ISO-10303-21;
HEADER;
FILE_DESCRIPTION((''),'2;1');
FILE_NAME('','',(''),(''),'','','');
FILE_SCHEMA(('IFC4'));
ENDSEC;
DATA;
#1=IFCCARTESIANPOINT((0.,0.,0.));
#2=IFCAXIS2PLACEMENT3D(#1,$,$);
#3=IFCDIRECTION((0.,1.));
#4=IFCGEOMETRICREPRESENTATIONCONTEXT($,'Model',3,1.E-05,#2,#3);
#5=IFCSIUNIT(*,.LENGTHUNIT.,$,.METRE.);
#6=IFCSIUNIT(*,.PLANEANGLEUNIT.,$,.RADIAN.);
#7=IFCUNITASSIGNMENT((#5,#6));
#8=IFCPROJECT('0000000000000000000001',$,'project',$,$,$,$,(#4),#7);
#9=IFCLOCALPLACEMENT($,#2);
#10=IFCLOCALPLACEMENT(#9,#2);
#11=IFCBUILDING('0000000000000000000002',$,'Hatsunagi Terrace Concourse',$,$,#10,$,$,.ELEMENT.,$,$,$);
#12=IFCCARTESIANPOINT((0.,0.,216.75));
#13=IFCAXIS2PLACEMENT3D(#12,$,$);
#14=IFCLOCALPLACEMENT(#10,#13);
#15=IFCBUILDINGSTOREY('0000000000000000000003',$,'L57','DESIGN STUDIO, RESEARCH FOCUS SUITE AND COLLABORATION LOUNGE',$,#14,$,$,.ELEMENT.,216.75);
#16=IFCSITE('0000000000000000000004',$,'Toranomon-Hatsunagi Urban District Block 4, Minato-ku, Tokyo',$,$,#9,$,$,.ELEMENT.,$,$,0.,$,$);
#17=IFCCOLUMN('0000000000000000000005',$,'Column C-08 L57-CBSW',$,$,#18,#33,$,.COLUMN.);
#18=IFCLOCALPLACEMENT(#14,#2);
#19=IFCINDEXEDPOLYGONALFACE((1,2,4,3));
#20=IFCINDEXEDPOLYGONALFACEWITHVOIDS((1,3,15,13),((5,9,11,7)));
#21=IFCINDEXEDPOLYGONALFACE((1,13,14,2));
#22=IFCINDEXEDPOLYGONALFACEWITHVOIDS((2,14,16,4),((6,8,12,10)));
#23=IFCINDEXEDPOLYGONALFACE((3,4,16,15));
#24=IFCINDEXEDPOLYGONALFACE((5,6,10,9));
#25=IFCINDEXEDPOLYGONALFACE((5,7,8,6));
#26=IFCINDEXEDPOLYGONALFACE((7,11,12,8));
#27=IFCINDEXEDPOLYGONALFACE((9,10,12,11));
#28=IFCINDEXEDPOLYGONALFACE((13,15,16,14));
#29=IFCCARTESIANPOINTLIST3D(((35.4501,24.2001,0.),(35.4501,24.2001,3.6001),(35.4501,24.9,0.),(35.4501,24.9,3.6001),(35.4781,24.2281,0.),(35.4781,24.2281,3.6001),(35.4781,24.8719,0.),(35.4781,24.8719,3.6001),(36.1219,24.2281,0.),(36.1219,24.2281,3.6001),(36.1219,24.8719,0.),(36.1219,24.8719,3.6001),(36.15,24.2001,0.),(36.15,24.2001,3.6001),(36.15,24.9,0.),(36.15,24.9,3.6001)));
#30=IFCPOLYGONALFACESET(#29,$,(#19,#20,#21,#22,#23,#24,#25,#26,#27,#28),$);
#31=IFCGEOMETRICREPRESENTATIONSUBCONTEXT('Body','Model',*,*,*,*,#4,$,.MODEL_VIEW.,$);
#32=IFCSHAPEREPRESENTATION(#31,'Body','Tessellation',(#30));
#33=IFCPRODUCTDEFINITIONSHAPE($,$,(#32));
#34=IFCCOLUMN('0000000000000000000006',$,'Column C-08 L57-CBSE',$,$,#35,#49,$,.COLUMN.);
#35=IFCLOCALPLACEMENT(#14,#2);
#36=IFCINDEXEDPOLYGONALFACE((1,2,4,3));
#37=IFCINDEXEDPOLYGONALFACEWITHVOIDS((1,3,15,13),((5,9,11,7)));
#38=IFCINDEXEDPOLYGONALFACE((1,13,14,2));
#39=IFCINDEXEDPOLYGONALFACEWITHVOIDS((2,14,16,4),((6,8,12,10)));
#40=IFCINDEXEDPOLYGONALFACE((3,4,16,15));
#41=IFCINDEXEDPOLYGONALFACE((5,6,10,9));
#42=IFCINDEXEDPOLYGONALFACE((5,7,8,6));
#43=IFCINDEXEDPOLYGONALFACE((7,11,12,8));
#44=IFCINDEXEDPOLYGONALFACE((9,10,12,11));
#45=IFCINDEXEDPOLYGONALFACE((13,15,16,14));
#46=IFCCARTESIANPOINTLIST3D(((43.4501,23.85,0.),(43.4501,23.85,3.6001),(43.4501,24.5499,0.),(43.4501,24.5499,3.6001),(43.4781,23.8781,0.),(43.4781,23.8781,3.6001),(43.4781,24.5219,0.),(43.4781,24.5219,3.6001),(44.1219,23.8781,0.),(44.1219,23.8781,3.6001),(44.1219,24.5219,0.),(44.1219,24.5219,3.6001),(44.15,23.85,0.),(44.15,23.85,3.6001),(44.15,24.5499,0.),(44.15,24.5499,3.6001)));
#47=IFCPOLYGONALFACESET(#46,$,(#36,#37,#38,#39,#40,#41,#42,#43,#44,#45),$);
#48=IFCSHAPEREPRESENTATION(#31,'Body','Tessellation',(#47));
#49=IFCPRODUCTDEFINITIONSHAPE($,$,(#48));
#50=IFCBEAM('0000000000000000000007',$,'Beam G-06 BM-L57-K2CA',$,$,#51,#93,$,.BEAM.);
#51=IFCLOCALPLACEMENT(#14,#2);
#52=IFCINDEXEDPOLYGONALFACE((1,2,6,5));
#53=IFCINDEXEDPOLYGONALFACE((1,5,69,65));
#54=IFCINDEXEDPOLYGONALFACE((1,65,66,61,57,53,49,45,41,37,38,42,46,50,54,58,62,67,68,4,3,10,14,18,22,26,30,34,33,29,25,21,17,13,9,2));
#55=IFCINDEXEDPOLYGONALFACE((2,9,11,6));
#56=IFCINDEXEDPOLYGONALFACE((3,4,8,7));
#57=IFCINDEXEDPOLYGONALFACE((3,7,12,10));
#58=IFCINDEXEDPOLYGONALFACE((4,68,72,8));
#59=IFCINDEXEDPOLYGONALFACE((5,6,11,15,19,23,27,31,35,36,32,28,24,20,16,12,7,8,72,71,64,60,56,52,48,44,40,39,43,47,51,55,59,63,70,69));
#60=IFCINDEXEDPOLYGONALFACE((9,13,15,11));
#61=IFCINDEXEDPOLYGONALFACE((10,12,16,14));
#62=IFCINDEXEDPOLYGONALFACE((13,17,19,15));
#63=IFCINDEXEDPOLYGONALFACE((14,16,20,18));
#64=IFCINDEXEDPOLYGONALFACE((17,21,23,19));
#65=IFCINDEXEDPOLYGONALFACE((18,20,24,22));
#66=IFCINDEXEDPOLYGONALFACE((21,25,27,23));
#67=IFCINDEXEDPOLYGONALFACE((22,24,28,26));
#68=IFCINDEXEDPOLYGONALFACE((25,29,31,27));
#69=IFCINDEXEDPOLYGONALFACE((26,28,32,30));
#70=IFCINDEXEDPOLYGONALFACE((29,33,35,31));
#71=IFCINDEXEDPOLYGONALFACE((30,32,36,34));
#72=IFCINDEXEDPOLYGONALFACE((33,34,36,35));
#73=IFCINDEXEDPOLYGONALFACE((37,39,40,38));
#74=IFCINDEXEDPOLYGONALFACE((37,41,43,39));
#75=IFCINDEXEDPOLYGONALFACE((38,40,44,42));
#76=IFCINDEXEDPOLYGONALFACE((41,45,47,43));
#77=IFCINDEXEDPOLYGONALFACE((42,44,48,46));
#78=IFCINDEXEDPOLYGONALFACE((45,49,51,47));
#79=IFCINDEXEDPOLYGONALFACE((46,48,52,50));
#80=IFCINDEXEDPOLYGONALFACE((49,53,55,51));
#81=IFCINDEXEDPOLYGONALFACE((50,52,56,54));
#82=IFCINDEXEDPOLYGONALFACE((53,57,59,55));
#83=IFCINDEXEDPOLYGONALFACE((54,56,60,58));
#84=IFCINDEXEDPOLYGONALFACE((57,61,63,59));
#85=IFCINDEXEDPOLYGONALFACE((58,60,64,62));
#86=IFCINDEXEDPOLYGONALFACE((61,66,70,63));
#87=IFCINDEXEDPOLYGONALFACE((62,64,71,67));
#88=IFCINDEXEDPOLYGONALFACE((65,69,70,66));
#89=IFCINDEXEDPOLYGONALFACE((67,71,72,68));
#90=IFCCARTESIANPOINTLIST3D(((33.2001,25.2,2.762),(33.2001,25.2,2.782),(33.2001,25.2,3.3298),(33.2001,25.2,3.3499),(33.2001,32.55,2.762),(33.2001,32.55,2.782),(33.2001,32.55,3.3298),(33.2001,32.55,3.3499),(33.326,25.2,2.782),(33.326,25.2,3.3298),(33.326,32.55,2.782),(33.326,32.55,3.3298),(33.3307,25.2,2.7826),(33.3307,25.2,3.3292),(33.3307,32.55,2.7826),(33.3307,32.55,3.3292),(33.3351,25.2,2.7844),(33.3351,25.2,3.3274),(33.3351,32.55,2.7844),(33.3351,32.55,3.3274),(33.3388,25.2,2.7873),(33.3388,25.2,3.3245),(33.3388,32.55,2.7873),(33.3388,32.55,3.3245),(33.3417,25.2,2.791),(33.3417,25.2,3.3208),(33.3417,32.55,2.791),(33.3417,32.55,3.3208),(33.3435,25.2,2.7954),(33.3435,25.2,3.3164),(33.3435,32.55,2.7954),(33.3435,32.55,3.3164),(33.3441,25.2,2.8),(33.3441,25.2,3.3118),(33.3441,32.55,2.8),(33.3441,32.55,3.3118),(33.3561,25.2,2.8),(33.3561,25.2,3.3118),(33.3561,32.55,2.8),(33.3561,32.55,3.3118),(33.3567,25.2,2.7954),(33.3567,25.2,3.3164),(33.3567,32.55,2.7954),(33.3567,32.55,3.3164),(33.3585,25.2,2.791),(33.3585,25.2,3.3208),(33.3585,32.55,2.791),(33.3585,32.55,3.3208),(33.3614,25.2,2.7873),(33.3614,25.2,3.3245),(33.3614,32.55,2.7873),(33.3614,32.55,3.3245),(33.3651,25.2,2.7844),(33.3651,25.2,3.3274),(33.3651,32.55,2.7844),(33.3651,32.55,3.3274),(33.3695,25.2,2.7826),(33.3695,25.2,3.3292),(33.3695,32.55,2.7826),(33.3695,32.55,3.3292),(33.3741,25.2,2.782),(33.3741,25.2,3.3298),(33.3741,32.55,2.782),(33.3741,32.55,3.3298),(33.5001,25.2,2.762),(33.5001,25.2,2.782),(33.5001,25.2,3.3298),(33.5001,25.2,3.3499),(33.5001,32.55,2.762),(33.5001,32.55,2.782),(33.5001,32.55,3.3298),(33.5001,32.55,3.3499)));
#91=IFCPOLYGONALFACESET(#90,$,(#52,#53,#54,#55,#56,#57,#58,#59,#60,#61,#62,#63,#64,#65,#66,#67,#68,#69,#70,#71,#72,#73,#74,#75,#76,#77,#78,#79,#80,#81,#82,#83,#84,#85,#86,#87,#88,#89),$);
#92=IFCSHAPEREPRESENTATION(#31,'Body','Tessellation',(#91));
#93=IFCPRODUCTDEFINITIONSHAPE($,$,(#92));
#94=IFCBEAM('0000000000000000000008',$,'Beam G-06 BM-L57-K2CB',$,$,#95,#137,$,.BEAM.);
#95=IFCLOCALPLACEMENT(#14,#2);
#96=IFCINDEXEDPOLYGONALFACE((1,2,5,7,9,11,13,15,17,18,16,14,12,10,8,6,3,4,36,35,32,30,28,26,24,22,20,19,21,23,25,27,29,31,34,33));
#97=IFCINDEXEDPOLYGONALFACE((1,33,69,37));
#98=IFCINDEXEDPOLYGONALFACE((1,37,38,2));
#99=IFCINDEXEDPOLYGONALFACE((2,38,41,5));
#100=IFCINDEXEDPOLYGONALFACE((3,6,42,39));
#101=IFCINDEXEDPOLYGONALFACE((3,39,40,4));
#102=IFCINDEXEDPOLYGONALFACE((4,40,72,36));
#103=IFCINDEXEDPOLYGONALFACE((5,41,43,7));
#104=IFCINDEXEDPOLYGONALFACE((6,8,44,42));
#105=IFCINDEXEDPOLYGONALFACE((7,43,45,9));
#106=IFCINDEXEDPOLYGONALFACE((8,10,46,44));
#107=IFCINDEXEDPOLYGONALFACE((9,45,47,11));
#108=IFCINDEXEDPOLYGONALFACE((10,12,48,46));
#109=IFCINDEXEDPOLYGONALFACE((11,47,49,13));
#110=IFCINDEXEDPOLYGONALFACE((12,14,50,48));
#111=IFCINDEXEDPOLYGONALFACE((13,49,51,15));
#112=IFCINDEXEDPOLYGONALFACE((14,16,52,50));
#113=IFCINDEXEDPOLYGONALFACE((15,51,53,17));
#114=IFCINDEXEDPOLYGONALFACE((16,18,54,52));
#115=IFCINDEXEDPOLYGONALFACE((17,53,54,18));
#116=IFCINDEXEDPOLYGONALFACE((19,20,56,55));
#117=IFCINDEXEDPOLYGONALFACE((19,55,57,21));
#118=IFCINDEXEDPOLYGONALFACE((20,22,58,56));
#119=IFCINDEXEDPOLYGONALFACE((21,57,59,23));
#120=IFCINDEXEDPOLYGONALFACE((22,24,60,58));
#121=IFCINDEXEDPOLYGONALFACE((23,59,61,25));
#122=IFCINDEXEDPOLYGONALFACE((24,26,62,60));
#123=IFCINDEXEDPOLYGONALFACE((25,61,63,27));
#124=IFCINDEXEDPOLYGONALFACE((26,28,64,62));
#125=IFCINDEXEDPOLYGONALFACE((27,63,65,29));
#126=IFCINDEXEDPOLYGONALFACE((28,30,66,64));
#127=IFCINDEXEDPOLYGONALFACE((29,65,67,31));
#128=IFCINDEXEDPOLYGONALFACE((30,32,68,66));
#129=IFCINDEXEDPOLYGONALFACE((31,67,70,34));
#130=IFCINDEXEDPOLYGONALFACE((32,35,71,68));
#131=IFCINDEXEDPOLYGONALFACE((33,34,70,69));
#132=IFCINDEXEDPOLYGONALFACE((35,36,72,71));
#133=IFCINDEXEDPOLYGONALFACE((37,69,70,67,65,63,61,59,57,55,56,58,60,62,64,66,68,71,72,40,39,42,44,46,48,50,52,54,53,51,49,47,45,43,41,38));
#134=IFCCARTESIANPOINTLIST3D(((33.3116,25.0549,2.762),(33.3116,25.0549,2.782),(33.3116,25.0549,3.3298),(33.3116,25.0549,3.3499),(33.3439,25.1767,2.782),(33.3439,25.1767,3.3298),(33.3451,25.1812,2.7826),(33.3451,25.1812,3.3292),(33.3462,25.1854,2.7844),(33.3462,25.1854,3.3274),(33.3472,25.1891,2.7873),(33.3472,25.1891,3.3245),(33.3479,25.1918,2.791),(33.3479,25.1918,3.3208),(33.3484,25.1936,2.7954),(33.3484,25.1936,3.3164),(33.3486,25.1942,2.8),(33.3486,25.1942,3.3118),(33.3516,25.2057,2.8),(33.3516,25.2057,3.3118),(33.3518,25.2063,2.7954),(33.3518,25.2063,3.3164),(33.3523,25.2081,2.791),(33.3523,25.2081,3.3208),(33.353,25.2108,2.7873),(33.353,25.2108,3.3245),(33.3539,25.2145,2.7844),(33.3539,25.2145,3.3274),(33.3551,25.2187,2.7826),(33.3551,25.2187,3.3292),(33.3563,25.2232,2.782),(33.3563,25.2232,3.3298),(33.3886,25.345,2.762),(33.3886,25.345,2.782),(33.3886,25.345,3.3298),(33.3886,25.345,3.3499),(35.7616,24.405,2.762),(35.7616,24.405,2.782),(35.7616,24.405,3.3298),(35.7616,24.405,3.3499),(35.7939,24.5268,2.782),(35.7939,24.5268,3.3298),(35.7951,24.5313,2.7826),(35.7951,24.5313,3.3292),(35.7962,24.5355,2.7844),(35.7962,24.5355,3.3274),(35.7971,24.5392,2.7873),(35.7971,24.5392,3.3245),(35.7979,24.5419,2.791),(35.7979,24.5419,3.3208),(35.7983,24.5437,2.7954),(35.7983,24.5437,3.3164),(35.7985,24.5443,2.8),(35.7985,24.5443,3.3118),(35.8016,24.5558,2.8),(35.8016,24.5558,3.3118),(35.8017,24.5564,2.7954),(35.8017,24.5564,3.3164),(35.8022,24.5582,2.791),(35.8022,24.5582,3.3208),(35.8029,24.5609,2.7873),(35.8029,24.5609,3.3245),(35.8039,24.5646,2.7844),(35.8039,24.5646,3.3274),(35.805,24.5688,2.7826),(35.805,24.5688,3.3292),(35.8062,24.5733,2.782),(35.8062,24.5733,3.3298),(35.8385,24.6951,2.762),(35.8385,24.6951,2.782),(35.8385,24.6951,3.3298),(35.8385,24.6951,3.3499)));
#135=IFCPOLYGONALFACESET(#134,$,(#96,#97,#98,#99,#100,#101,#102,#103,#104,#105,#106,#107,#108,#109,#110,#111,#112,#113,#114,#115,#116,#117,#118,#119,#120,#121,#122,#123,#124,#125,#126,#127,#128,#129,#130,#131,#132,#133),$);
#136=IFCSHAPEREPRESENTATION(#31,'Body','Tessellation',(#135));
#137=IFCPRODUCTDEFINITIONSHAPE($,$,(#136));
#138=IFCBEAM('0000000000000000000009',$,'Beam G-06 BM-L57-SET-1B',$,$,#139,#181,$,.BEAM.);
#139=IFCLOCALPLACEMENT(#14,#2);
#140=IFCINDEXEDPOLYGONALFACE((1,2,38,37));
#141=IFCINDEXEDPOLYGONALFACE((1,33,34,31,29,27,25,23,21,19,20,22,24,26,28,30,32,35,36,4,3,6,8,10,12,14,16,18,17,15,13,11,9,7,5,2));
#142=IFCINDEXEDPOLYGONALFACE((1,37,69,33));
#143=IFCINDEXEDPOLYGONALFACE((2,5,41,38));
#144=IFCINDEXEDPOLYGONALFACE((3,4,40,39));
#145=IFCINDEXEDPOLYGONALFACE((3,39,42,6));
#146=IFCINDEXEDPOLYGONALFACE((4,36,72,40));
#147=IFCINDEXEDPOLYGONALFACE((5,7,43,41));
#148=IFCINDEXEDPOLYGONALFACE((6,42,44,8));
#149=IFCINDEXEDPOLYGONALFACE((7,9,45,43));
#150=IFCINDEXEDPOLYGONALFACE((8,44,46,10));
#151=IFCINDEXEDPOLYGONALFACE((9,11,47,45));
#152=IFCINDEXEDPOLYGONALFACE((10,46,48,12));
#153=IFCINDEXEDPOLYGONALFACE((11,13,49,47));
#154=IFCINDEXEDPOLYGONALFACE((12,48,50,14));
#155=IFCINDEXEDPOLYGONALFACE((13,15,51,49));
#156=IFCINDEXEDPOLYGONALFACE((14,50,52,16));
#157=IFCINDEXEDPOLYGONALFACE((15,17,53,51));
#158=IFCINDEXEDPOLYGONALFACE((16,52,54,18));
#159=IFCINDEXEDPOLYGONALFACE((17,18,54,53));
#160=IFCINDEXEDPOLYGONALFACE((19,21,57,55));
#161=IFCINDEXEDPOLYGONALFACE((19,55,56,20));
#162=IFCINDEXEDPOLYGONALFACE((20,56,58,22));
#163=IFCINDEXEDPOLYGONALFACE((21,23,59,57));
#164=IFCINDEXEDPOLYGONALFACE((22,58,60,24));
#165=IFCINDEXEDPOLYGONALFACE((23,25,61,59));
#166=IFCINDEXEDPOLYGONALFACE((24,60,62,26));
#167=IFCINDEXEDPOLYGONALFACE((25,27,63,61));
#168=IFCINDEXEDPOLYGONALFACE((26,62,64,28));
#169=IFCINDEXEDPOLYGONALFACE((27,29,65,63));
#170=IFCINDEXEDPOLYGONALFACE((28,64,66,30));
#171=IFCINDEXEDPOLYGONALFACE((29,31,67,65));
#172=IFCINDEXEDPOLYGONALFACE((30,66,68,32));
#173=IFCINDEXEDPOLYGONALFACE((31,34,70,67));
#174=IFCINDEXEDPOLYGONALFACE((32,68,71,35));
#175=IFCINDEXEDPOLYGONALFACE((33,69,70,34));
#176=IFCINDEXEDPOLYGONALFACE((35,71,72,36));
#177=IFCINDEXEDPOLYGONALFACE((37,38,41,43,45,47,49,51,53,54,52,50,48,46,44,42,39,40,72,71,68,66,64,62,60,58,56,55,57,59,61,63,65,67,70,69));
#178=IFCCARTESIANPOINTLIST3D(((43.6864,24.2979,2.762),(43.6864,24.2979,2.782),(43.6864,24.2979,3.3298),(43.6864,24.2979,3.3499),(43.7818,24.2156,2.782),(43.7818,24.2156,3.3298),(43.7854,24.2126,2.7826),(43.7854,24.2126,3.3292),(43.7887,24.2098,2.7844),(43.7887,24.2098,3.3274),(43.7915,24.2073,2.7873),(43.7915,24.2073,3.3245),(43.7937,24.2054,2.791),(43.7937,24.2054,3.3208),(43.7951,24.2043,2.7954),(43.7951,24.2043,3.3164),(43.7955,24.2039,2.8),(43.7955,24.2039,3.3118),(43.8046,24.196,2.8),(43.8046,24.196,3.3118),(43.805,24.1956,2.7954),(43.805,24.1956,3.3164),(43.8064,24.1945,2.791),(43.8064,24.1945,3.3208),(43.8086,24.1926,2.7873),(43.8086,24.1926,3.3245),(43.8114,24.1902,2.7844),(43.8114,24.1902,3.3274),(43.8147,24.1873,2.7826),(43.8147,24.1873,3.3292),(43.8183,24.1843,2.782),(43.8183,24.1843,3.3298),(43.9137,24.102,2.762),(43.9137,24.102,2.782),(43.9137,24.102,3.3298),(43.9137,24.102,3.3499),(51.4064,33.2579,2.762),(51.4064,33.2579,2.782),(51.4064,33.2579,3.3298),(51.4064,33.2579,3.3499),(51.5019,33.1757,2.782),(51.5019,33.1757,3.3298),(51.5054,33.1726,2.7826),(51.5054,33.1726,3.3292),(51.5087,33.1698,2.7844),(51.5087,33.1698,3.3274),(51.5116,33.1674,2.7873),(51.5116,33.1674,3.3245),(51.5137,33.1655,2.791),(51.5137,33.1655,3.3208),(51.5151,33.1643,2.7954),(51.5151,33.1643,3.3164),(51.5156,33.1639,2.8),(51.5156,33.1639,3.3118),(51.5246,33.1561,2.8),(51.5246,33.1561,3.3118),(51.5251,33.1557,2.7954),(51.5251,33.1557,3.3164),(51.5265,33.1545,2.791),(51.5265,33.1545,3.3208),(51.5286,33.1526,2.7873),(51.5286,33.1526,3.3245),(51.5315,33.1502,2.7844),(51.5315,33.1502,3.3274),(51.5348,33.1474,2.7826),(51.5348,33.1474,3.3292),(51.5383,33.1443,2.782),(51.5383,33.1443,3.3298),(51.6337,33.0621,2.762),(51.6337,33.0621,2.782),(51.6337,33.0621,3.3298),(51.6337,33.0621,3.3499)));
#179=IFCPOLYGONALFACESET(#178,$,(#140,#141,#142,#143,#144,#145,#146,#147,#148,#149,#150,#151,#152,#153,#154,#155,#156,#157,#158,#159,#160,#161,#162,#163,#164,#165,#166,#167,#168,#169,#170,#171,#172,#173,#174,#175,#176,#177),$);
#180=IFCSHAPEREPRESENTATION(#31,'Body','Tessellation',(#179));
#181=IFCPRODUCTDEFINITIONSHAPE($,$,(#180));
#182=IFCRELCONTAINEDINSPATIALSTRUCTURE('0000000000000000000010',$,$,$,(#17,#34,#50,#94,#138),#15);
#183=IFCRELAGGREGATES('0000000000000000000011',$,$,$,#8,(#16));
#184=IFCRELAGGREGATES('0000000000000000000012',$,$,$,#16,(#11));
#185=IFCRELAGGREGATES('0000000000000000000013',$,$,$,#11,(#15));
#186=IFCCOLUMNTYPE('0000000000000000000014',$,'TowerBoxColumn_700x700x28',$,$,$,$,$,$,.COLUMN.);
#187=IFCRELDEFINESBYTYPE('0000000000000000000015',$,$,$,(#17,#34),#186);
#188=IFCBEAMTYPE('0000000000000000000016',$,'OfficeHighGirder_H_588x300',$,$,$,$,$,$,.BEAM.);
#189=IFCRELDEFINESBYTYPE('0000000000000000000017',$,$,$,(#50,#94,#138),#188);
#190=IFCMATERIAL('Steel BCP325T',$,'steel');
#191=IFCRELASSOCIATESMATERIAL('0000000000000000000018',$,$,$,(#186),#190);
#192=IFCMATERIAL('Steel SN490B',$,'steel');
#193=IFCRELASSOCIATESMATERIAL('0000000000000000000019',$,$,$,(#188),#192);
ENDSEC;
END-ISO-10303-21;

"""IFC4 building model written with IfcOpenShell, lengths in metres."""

from ifc_helpers import new_model, si_unit, direction, frame, origin, origin_2d, place, context, subcontext, project, spatial, hollow_rectangle, i_section, extrude, material, material_profile, profile_set, type_object, element, save


model = new_model("IFC4")

# Units and contexts
model_context = context("Model", 3, precision=1e-05, world=origin(), true_north=direction((0.0, 1.0)))
body_context = subcontext(model_context, "Body", "Model", "MODEL_VIEW")
ifc_project = project(units=[si_unit("LENGTHUNIT", "METRE"), si_unit("PLANEANGLEUNIT", "RADIAN")], contexts=[model_context])

# Site, building, storey
site_placement = place(None, origin())
site = spatial("IfcSite", under=ifc_project, at=site_placement, Name="Toranomon-Hatsunagi Urban District Block 4, Minato-ku, Tokyo", CompositionType="ELEMENT", RefElevation=0.0)
building_placement = place(site_placement, origin())
building = spatial("IfcBuilding", under=site, at=building_placement, Name="Hatsunagi Terrace Concourse", CompositionType="ELEMENT")
storey_placement = place(building_placement, frame((0.0, 0.0, 216.75)))
storey = spatial("IfcBuildingStorey", under=building, at=storey_placement, Name="L57", Description="DESIGN STUDIO, RESEARCH FOCUS SUITE AND COLLABORATION LOUNGE", CompositionType="ELEMENT", Elevation=216.75)

# Columns
ifc_material_1 = material(Name="Steel BCP325T", Category="steel")
ifc_material_profile_1 = material_profile(ifc_material_1, hollow_rectangle(XDim=0.7, YDim=0.7, WallThickness=0.0281, at=origin_2d()), Name="BCP-700x700x28")
ifc_profile_set_1 = profile_set([ifc_material_profile_1], Name="Steel BCP325T")
column_type = type_object("IfcColumnType", Name="TowerBoxColumn_700x700x28", PredefinedType="COLUMN", material=ifc_profile_set_1)
for number, where, z_axis, x_axis, name in (
    (1, (35.8, 24.55, 0.0), (0.0, 0.0, 1.0), (1.0, 0.0, 0.0), "Column C-08 L57-CBSW"),
    (2, (43.8, 24.2, 0.0), (0.0, 0.0, 1.0), (1.0, 0.0, 0.0), "Column C-08 L57-CBSE"),
):
    element("IfcColumn", number, at=place(storey_placement, frame(where, z_axis=z_axis, x_axis=x_axis)), inside=storey, type_object=column_type, Name=name, PredefinedType="COLUMN", context=body_context, shape_type="SweptSolid", body=[
        extrude(hollow_rectangle(XDim=0.7, YDim=0.7, WallThickness=0.0281, at=origin_2d()), origin(), (0.0, 0.0, 1.0), 3.6001),
    ])

# Beams
ifc_material_2 = material(Name="Steel SN490B", Category="steel")
ifc_material_profile_2 = material_profile(ifc_material_2, i_section(OverallWidth=0.3, OverallDepth=0.5879, WebThickness=0.012, FlangeThickness=0.02, FilletRadius=0.0181, at=origin_2d()), Name="H-588x300x12x20")
ifc_profile_set_2 = profile_set([ifc_material_profile_2], Name="Steel SN490B")
beam_type_1 = type_object("IfcBeamType", Name="OfficeHighGirder_H_588x300", PredefinedType="BEAM", material=ifc_profile_set_2)
beam_1_placement = place(storey_placement, frame((33.3501, 25.2, 3.0559), z_axis=(0.0, 1.0, 0.0), x_axis=(-1.0, 0.0, 0.0)))
element("IfcBeam", 3, at=beam_1_placement, inside=storey, type_object=beam_type_1, Name="Beam G-06 BM-L57-K2CA", PredefinedType="BEAM", context=body_context, shape_type="SweptSolid", body=[
    extrude(i_section(OverallWidth=0.3, OverallDepth=0.5879, WebThickness=0.012, FlangeThickness=0.02, FilletRadius=0.0181, at=origin_2d()), origin(), (0.0, 0.0, 1.0), 7.3501),
])
beam_2_placement = place(storey_placement, frame((33.3501, 25.2, 3.0559), z_axis=(0.96657, -0.256403, 0.0), x_axis=(0.256403, 0.96657, 0.0)))
element("IfcBeam", 4, at=beam_2_placement, inside=storey, type_object=beam_type_1, Name="Beam G-06 BM-L57-K2CB", PredefinedType="BEAM", context=body_context, shape_type="SweptSolid", body=[
    extrude(i_section(OverallWidth=0.3, OverallDepth=0.5879, WebThickness=0.012, FlangeThickness=0.02, FilletRadius=0.0181, at=origin_2d()), origin(), (0.0, 0.0, 1.0), 2.5347),
])
beam_3_placement = place(storey_placement, frame((43.8, 24.2, 3.0559), z_axis=(0.652739, 0.757583, 0.0), x_axis=(-0.757583, 0.652739, 0.0)))
element("IfcBeam", 5, at=beam_3_placement, inside=storey, type_object=beam_type_1, Name="Beam G-06 BM-L57-SET-1B", PredefinedType="BEAM", context=body_context, shape_type="SweptSolid", body=[
    extrude(i_section(OverallWidth=0.3, OverallDepth=0.5879, WebThickness=0.012, FlangeThickness=0.02, FilletRadius=0.0181, at=origin_2d()), origin(), (0.0, 0.0, 1.0), 11.8271),
])

save(model, "model.ifc")
